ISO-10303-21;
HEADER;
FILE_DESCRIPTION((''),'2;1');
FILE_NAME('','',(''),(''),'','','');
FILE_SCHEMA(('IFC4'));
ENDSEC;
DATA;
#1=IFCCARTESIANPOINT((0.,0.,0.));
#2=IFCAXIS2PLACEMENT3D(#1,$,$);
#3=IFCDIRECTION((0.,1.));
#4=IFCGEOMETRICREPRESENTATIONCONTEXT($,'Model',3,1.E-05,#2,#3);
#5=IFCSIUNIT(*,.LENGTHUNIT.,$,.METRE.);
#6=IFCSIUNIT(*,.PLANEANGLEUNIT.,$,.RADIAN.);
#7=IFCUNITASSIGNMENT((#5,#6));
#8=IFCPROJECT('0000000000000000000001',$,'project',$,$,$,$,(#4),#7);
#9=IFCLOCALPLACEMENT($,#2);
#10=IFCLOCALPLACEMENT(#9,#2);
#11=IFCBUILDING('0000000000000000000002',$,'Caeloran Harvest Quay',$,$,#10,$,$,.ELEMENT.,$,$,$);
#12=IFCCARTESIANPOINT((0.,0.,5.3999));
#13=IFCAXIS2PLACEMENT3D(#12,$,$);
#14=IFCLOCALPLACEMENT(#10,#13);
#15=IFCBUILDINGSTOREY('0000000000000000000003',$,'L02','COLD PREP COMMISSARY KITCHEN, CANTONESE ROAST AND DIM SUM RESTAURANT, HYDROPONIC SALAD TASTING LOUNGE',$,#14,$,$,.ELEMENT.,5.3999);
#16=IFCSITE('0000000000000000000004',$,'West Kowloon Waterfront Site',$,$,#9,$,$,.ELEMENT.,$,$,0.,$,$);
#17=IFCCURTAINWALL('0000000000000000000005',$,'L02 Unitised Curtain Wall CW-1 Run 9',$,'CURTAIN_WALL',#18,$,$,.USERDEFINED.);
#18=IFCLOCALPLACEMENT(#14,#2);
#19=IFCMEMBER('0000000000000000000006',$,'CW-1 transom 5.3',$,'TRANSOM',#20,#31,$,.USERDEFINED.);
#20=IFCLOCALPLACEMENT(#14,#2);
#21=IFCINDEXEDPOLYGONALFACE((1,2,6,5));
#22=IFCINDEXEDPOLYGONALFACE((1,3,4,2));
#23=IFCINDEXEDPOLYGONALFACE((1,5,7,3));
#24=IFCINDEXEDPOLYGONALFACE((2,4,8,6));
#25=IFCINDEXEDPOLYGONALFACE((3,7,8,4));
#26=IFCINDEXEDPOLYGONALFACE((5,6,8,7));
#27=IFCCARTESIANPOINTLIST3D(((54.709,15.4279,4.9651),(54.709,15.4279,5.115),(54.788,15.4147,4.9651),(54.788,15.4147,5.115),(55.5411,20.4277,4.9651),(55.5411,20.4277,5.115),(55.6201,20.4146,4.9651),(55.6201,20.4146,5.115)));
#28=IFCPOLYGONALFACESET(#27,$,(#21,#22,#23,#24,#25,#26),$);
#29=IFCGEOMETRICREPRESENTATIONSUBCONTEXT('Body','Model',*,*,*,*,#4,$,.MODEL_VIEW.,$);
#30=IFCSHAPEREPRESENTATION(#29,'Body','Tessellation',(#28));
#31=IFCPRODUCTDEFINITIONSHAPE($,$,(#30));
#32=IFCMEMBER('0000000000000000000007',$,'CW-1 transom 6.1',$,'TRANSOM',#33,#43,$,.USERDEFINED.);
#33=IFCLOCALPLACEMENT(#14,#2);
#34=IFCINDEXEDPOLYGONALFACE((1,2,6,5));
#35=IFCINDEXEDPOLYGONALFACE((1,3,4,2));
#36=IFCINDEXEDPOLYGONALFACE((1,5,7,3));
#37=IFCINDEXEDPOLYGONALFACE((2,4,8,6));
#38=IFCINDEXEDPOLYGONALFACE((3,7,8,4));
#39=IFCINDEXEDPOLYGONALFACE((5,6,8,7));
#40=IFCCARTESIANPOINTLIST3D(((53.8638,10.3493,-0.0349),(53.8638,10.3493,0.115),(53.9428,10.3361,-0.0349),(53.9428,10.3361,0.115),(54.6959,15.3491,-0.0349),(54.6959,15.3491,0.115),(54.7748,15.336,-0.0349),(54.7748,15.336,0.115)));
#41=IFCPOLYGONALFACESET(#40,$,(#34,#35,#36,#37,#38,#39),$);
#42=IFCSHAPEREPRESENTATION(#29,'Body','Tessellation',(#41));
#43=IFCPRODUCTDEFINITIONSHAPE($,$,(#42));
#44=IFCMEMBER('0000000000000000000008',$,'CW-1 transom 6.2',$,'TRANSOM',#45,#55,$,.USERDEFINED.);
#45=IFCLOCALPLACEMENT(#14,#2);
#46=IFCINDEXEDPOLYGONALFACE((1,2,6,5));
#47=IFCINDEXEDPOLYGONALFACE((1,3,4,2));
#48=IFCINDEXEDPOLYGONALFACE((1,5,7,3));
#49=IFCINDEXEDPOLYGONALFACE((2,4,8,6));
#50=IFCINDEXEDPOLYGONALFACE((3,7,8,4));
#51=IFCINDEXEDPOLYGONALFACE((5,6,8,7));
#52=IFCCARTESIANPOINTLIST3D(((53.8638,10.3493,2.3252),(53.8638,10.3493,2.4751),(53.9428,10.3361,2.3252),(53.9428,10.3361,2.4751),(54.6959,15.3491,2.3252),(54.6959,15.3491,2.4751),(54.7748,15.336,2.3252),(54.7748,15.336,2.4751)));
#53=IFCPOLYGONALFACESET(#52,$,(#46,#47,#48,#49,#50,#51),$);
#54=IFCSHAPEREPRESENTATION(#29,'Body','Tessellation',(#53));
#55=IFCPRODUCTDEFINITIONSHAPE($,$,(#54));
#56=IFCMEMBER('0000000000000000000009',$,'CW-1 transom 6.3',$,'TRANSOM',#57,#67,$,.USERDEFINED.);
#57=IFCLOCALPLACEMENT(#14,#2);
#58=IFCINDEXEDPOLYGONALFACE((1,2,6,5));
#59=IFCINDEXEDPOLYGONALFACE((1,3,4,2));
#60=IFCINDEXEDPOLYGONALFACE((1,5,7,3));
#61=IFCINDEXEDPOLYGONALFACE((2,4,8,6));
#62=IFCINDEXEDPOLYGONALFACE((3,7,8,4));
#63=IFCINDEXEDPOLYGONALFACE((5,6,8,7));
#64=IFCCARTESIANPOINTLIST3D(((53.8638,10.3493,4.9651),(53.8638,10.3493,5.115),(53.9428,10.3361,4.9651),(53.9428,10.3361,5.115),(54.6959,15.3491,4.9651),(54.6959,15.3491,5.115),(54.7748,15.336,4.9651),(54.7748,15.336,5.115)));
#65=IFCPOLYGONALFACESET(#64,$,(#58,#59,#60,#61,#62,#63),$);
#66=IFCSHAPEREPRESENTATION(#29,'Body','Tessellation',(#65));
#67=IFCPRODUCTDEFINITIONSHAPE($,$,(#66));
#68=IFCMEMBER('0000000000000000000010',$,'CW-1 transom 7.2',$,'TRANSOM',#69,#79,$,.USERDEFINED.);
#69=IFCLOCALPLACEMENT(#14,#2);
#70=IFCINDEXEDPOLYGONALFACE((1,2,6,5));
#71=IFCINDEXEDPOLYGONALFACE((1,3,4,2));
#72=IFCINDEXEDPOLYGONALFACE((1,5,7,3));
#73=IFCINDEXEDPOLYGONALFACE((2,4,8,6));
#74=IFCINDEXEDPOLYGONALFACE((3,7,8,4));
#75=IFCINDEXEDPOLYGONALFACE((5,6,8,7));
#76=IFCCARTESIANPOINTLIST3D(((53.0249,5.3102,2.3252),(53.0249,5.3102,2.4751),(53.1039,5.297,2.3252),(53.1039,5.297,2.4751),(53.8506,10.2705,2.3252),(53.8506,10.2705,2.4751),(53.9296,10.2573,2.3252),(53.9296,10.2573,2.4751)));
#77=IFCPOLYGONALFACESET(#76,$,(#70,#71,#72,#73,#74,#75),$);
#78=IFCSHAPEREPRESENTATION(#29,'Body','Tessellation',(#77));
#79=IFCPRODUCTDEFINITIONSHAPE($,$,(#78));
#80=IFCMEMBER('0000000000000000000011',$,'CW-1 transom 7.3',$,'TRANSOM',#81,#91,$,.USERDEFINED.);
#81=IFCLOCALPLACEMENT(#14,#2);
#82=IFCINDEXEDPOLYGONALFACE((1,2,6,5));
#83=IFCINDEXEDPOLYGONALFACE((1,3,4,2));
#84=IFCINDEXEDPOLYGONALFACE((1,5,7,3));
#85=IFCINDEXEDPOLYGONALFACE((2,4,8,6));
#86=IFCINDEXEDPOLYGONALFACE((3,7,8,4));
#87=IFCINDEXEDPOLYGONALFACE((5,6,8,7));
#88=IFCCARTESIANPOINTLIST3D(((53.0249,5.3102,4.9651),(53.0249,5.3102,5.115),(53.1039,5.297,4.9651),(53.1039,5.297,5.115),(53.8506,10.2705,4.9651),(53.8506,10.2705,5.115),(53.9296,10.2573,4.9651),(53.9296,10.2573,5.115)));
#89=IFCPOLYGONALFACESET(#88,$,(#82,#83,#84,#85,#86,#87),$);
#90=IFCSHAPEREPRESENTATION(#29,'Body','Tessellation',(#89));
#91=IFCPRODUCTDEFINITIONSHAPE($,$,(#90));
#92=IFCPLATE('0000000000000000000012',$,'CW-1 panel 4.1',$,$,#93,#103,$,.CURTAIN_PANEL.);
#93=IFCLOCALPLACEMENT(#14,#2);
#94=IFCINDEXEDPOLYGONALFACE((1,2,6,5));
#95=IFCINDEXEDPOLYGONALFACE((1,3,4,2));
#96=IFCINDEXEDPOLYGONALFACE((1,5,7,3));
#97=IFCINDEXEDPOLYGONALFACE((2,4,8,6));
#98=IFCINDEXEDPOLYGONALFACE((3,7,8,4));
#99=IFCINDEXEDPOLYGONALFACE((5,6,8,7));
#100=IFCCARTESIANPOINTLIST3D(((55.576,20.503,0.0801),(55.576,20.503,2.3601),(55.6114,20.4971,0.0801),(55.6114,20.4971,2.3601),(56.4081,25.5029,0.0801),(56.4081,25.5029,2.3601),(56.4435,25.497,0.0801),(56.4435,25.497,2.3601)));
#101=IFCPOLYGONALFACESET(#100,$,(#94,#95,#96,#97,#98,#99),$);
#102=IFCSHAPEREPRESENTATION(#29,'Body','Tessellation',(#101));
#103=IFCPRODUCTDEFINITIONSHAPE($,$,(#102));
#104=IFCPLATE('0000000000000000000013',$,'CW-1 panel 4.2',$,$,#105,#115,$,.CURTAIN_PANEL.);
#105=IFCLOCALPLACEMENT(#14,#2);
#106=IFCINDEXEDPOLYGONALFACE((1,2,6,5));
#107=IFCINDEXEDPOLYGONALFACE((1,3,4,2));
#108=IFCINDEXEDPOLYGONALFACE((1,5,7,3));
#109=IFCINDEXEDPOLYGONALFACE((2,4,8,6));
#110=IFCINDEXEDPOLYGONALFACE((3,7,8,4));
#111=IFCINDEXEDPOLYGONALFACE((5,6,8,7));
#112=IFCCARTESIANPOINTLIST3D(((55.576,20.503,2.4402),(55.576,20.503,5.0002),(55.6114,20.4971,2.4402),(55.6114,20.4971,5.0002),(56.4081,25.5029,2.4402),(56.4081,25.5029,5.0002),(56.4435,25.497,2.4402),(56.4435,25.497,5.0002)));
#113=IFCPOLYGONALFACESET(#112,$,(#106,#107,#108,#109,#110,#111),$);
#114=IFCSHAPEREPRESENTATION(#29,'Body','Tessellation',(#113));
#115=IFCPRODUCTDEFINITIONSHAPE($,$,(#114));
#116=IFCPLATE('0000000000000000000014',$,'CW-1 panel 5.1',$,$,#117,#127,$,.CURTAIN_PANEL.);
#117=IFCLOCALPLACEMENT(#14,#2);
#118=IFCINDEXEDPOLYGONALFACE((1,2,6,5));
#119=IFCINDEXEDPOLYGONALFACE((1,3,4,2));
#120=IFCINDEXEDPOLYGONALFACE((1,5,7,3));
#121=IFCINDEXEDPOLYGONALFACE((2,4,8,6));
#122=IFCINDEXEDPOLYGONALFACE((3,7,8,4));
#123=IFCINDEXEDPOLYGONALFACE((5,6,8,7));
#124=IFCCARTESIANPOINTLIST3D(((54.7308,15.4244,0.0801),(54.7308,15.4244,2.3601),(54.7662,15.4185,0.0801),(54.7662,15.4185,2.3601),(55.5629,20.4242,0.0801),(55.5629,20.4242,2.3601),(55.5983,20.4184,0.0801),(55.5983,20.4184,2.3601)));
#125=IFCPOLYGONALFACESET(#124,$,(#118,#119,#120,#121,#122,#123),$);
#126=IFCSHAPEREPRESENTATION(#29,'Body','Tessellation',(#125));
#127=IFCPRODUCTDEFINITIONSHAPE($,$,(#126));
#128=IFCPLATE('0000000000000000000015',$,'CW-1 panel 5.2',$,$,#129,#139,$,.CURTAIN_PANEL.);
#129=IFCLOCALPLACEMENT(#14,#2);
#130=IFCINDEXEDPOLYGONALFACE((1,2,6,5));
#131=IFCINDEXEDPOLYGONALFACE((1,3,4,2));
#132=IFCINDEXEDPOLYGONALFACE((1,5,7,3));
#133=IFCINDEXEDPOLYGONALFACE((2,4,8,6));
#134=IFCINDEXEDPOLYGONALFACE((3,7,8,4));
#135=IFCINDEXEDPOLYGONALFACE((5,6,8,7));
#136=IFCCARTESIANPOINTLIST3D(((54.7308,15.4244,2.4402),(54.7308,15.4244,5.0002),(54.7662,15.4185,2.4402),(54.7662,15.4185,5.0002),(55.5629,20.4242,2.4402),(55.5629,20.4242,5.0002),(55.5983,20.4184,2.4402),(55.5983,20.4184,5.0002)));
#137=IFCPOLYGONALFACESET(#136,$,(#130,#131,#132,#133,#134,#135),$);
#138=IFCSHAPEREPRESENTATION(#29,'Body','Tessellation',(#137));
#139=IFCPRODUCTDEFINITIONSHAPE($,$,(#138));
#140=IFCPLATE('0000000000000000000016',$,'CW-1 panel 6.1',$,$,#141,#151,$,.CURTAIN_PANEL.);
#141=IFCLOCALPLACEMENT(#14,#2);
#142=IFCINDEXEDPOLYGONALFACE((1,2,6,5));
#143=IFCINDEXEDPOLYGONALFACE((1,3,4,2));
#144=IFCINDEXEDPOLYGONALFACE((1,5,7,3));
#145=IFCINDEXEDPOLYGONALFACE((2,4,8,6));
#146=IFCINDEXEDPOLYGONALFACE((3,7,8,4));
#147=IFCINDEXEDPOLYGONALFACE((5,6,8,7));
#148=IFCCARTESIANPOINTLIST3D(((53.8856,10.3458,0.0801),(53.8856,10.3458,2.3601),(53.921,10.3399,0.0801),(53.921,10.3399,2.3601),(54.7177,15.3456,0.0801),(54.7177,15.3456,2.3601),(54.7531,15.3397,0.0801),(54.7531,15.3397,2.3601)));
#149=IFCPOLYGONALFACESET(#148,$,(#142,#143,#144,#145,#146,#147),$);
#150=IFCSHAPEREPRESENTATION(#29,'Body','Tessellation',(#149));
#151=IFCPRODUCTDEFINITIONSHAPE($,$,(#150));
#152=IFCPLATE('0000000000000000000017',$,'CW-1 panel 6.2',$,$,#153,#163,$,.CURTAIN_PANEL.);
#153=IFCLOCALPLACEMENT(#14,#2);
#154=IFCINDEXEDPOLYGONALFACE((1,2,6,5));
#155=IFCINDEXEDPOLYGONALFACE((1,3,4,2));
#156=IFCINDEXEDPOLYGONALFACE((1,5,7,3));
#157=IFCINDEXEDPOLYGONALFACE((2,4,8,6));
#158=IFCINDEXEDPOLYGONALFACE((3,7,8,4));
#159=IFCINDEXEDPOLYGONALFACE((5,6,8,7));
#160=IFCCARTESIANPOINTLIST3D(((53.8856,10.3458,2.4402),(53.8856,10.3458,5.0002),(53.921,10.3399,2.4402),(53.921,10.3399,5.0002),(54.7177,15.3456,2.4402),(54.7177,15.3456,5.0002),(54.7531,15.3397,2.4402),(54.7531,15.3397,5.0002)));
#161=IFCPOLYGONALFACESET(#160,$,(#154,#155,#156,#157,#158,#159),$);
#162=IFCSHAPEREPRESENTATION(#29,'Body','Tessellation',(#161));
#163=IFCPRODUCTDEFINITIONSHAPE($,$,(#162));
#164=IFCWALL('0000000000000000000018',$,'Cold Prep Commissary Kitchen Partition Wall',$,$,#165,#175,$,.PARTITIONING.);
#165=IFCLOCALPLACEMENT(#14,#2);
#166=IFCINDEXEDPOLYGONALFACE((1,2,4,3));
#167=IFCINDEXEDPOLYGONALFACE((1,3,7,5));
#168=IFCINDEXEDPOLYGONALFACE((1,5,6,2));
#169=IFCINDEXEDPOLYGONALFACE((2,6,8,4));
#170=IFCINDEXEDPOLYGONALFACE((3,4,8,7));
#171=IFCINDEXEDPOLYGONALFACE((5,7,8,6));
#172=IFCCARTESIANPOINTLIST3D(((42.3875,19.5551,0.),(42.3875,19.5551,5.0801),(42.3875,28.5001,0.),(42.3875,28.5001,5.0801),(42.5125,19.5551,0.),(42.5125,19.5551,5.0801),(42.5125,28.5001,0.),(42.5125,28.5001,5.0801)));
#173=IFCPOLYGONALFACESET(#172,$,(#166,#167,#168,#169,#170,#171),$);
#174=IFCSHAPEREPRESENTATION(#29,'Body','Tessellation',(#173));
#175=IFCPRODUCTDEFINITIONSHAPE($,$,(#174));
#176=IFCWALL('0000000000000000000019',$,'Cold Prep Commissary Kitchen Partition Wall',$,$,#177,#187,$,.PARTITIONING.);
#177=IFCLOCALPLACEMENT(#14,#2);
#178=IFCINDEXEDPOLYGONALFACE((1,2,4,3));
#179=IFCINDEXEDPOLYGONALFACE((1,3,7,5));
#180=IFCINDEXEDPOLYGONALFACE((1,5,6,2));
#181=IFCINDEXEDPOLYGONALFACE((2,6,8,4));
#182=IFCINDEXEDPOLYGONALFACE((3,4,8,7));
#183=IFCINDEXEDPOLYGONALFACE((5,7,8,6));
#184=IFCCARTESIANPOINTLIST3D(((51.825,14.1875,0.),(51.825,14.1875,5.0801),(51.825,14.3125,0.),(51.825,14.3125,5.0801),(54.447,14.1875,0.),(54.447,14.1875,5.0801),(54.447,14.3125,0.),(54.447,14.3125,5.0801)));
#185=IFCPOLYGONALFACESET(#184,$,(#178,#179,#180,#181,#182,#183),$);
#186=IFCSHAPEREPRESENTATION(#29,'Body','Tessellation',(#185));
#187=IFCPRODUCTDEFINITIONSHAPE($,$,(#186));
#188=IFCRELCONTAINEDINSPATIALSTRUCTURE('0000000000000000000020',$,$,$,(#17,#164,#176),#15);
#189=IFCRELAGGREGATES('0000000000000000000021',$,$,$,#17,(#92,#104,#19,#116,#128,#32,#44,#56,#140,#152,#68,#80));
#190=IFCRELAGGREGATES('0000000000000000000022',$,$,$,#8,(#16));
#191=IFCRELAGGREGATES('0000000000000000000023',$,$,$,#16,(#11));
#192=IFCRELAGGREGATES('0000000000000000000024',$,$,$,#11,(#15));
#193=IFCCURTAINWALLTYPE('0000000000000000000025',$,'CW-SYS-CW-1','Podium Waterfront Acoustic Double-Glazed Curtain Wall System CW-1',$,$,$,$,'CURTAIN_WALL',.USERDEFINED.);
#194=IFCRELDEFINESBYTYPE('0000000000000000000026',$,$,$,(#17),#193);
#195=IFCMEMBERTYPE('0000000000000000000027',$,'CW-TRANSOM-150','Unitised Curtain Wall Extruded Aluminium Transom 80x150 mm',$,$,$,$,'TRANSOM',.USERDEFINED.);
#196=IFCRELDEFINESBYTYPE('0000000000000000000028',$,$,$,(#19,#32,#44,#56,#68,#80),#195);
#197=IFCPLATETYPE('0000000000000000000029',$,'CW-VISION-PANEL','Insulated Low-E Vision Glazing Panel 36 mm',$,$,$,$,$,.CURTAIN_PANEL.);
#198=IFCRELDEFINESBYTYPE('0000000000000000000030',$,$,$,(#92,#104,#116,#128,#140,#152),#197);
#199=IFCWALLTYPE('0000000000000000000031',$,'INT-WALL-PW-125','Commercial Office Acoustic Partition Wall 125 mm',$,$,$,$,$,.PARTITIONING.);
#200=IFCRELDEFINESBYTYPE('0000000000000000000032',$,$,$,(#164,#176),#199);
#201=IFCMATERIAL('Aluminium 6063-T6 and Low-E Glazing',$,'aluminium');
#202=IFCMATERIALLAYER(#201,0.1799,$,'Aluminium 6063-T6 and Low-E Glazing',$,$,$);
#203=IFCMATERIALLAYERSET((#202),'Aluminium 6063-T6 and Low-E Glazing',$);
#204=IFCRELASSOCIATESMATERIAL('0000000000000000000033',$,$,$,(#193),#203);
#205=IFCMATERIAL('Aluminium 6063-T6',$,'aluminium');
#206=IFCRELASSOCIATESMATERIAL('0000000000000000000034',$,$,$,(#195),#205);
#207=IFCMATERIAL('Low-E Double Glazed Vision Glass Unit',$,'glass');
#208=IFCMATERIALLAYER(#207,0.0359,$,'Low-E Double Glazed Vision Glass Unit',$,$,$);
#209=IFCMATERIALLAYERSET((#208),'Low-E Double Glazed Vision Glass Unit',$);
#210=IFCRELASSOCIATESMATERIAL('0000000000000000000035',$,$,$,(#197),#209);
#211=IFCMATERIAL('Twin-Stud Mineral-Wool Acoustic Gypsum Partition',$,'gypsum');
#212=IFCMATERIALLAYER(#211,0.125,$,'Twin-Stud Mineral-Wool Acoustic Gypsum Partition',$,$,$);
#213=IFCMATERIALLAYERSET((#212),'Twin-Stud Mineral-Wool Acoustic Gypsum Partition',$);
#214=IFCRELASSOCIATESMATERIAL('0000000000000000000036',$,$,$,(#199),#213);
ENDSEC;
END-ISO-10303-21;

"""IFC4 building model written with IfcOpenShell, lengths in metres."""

from ifc_helpers import new_model, si_unit, direction, frame, frame_2d, origin, origin_2d, place, context, subcontext, project, spatial, rectangle, extrude, material, layer, layer_set, material_profile, profile_set, type_object, element, aggregate, save


model = new_model("IFC4")

# Units and contexts
model_context = context("Model", 3, precision=1e-05, world=origin(), true_north=direction((0.0, 1.0)))
body_context = subcontext(model_context, "Body", "Model", "MODEL_VIEW")
ifc_project = project(units=[si_unit("LENGTHUNIT", "METRE"), si_unit("PLANEANGLEUNIT", "RADIAN")], contexts=[model_context])

# Site, building, storey
site_placement = place(None, origin())
site = spatial("IfcSite", under=ifc_project, at=site_placement, Name="West Kowloon Waterfront Site", CompositionType="ELEMENT", RefElevation=0.0)
building_placement = place(site_placement, origin())
building = spatial("IfcBuilding", under=site, at=building_placement, Name="Caeloran Harvest Quay", CompositionType="ELEMENT")
storey_placement = place(building_placement, frame((0.0, 0.0, 5.3999)))
storey = spatial("IfcBuildingStorey", under=building, at=storey_placement, Name="L02", Description="COLD PREP COMMISSARY KITCHEN, CANTONESE ROAST AND DIM SUM RESTAURANT, HYDROPONIC SALAD TASTING LOUNGE", CompositionType="ELEMENT", Elevation=5.3999)

# Curtain wall, members, plates
ifc_material_1 = material(Name="Aluminium 6063-T6 and Low-E Glazing", Category="aluminium")
ifc_layer_1 = layer(ifc_material_1, 0.1799, Name="Aluminium 6063-T6 and Low-E Glazing")
ifc_layer_set_1 = layer_set([ifc_layer_1], Name="Aluminium 6063-T6 and Low-E Glazing")
curtain_wall_type = type_object("IfcCurtainWallType", Name="CW-SYS-CW-1", Description="Podium Waterfront Acoustic Double-Glazed Curtain Wall System CW-1", ElementType="CURTAIN_WALL", PredefinedType="USERDEFINED", material=ifc_layer_set_1)
curtain_wall_placement = place(storey_placement, origin())
curtain_wall = element("IfcCurtainWall", 1, at=curtain_wall_placement, inside=storey, type_object=curtain_wall_type, Name="L02 Unitised Curtain Wall CW-1 Run 9", ObjectType="CURTAIN_WALL", PredefinedType="USERDEFINED")
ifc_material_2 = material(Name="Aluminium 6063-T6", Category="aluminium")
ifc_material_profile_1 = material_profile(ifc_material_2, rectangle(XDim=0.0801, YDim=0.1499, at=origin_2d()), Name="CW-TRANSOM-150")
ifc_profile_set_1 = profile_set([ifc_material_profile_1], Name="Aluminium 6063-T6")
member_type_1 = type_object("IfcMemberType", Name="CW-TRANSOM-150", Description="Unitised Curtain Wall Extruded Aluminium Transom 80x150 mm", ElementType="TRANSOM", PredefinedType="USERDEFINED", material=ifc_profile_set_1)
member_1_placement = place(storey_placement, frame((55.5806, 20.4211, 5.04), z_axis=(-0.164157, -0.986434, 0.0), x_axis=(0.986434, -0.164157, 0.0)))
member_1 = element("IfcMember", 2, at=member_1_placement, type_object=member_type_1, Name="CW-1 transom 5.3", ObjectType="TRANSOM", PredefinedType="USERDEFINED", context=body_context, shape_type="SweptSolid", body=[
    extrude(rectangle(XDim=0.0801, YDim=0.1499, at=origin_2d()), origin(), (0.0, 0.0, 1.0), 5.0686),
])
member_2_placement = place(storey_placement, frame((54.7354, 15.3425, 0.04), z_axis=(-0.164157, -0.986434, 0.0), x_axis=(0.986434, -0.164157, 0.0)))
member_2 = element("IfcMember", 3, at=member_2_placement, type_object=member_type_1, Name="CW-1 transom 6.1", ObjectType="TRANSOM", PredefinedType="USERDEFINED", context=body_context, shape_type="SweptSolid", body=[
    extrude(rectangle(XDim=0.0801, YDim=0.1499, at=origin_2d()), origin(), (0.0, 0.0, 1.0), 5.0686),
])
member_3_placement = place(storey_placement, frame((54.7354, 15.3425, 2.4001), z_axis=(-0.164157, -0.986434, 0.0), x_axis=(0.986434, -0.164157, 0.0)))
member_3 = element("IfcMember", 4, at=member_3_placement, type_object=member_type_1, Name="CW-1 transom 6.2", ObjectType="TRANSOM", PredefinedType="USERDEFINED", context=body_context, shape_type="SweptSolid", body=[
    extrude(rectangle(XDim=0.0801, YDim=0.1499, at=origin_2d()), origin(), (0.0, 0.0, 1.0), 5.0686),
])
member_4_placement = place(storey_placement, frame((54.7354, 15.3425, 5.04), z_axis=(-0.164157, -0.986434, 0.0), x_axis=(0.986434, -0.164157, 0.0)))
member_4 = element("IfcMember", 5, at=member_4_placement, type_object=member_type_1, Name="CW-1 transom 6.3", ObjectType="TRANSOM", PredefinedType="USERDEFINED", context=body_context, shape_type="SweptSolid", body=[
    extrude(rectangle(XDim=0.0801, YDim=0.1499, at=origin_2d()), origin(), (0.0, 0.0, 1.0), 5.0686),
])
member_5_placement = place(storey_placement, frame((53.8901, 10.2639, 2.4001), z_axis=(-0.164202, -0.986427, 0.0), x_axis=(0.986427, -0.164202, 0.0)))
member_5 = element("IfcMember", 6, at=member_5_placement, type_object=member_type_1, Name="CW-1 transom 7.2", ObjectType="TRANSOM", PredefinedType="USERDEFINED", context=body_context, shape_type="SweptSolid", body=[
    extrude(rectangle(XDim=0.0801, YDim=0.1499, at=origin_2d()), origin(), (0.0, 0.0, 1.0), 5.0286),
])
member_6_placement = place(storey_placement, frame((53.8901, 10.2639, 5.04), z_axis=(-0.164202, -0.986427, 0.0), x_axis=(0.986427, -0.164202, 0.0)))
member_6 = element("IfcMember", 7, at=member_6_placement, type_object=member_type_1, Name="CW-1 transom 7.3", ObjectType="TRANSOM", PredefinedType="USERDEFINED", context=body_context, shape_type="SweptSolid", body=[
    extrude(rectangle(XDim=0.0801, YDim=0.1499, at=origin_2d()), origin(), (0.0, 0.0, 1.0), 5.0286),
])
ifc_material_3 = material(Name="Low-E Double Glazed Vision Glass Unit", Category="glass")
ifc_layer_2 = layer(ifc_material_3, 0.0359, Name="Low-E Double Glazed Vision Glass Unit")
ifc_layer_set_2 = layer_set([ifc_layer_2], Name="Low-E Double Glazed Vision Glass Unit")
plate_type = type_object("IfcPlateType", Name="CW-VISION-PANEL", Description="Insulated Low-E Vision Glazing Panel 36 mm", PredefinedType="CURTAIN_PANEL", material=ifc_layer_set_2)
plate_1_placement = place(storey_placement, frame((56.0098, 23.0, 0.0801), z_axis=(0.0, 0.0, 1.0), x_axis=(-0.164175, -0.986431, 0.0)))
plate_1 = element("IfcPlate", 8, at=plate_1_placement, type_object=plate_type, Name="CW-1 panel 4.1", PredefinedType="CURTAIN_PANEL", context=body_context, shape_type="SweptSolid", body=[
    extrude(rectangle(XDim=5.0686, YDim=0.0359, at=origin_2d()), origin(), (0.0, 0.0, 1.0), 2.28),
])
plate_2_placement = place(storey_placement, frame((56.0098, 23.0, 2.4402), z_axis=(0.0, 0.0, 1.0), x_axis=(-0.164175, -0.986431, 0.0)))
plate_2 = element("IfcPlate", 9, at=plate_2_placement, type_object=plate_type, Name="CW-1 panel 4.2", PredefinedType="CURTAIN_PANEL", context=body_context, shape_type="SweptSolid", body=[
    extrude(rectangle(XDim=5.0686, YDim=0.0359, at=origin_2d()), origin(), (0.0, 0.0, 1.0), 2.5601),
])
plate_3_placement = place(storey_placement, frame((55.1646, 17.9214, 0.0801), z_axis=(0.0, 0.0, 1.0), x_axis=(-0.164175, -0.986431, 0.0)))
plate_3 = element("IfcPlate", 10, at=plate_3_placement, type_object=plate_type, Name="CW-1 panel 5.1", PredefinedType="CURTAIN_PANEL", context=body_context, shape_type="SweptSolid", body=[
    extrude(rectangle(XDim=5.0686, YDim=0.0359, at=origin_2d()), origin(), (0.0, 0.0, 1.0), 2.28),
])
plate_4_placement = place(storey_placement, frame((55.1646, 17.9214, 2.4402), z_axis=(0.0, 0.0, 1.0), x_axis=(-0.164175, -0.986431, 0.0)))
plate_4 = element("IfcPlate", 11, at=plate_4_placement, type_object=plate_type, Name="CW-1 panel 5.2", PredefinedType="CURTAIN_PANEL", context=body_context, shape_type="SweptSolid", body=[
    extrude(rectangle(XDim=5.0686, YDim=0.0359, at=origin_2d()), origin(), (0.0, 0.0, 1.0), 2.5601),
])
plate_5_placement = place(storey_placement, frame((54.3193, 12.8428, 0.0801), z_axis=(0.0, 0.0, 1.0), x_axis=(-0.164175, -0.986431, 0.0)))
plate_5 = element("IfcPlate", 12, at=plate_5_placement, type_object=plate_type, Name="CW-1 panel 6.1", PredefinedType="CURTAIN_PANEL", context=body_context, shape_type="SweptSolid", body=[
    extrude(rectangle(XDim=5.0686, YDim=0.0359, at=origin_2d()), origin(), (0.0, 0.0, 1.0), 2.28),
])
plate_6_placement = place(storey_placement, frame((54.3193, 12.8428, 2.4402), z_axis=(0.0, 0.0, 1.0), x_axis=(-0.164175, -0.986431, 0.0)))
plate_6 = element("IfcPlate", 13, at=plate_6_placement, type_object=plate_type, Name="CW-1 panel 6.2", PredefinedType="CURTAIN_PANEL", context=body_context, shape_type="SweptSolid", body=[
    extrude(rectangle(XDim=5.0686, YDim=0.0359, at=origin_2d()), origin(), (0.0, 0.0, 1.0), 2.5601),
])
aggregate(curtain_wall, [plate_1, plate_2, member_1, plate_3, plate_4, member_2, member_3, member_4, plate_5, plate_6, member_5, member_6])

# Walls
ifc_material_4 = material(Name="Twin-Stud Mineral-Wool Acoustic Gypsum Partition", Category="gypsum")
ifc_layer_3 = layer(ifc_material_4, 0.125, Name="Twin-Stud Mineral-Wool Acoustic Gypsum Partition")
ifc_layer_set_3 = layer_set([ifc_layer_3], Name="Twin-Stud Mineral-Wool Acoustic Gypsum Partition")
wall_type_1 = type_object("IfcWallType", Name="INT-WALL-PW-125", Description="Commercial Office Acoustic Partition Wall 125 mm", PredefinedType="PARTITIONING", material=ifc_layer_set_3)
wall_1_placement = place(storey_placement, frame((42.45, 19.5549, 0.0), z_axis=(0.0, 0.0, 1.0), x_axis=(0.0, 1.0, 0.0)))
element("IfcWall", 14, at=wall_1_placement, inside=storey, type_object=wall_type_1, Name="Cold Prep Commissary Kitchen Partition Wall", PredefinedType="PARTITIONING", context=body_context, shape_type="SweptSolid", body=[
    extrude(rectangle(XDim=8.9451, YDim=0.125, at=frame_2d((4.4727, 0.0))), origin(), (0.0, 0.0, 1.0), 5.0801),
])
wall_2_placement = place(storey_placement, frame((54.447, 14.25, 0.0), z_axis=(0.0, 0.0, 1.0), x_axis=(-1.0, 0.0, 0.0)))
element("IfcWall", 15, at=wall_2_placement, inside=storey, type_object=wall_type_1, Name="Cold Prep Commissary Kitchen Partition Wall", PredefinedType="PARTITIONING", context=body_context, shape_type="SweptSolid", body=[
    extrude(rectangle(XDim=2.6221, YDim=0.125, at=frame_2d((1.311, 0.0))), origin(), (0.0, 0.0, 1.0), 5.0801),
])

save(model, "model.ifc")
